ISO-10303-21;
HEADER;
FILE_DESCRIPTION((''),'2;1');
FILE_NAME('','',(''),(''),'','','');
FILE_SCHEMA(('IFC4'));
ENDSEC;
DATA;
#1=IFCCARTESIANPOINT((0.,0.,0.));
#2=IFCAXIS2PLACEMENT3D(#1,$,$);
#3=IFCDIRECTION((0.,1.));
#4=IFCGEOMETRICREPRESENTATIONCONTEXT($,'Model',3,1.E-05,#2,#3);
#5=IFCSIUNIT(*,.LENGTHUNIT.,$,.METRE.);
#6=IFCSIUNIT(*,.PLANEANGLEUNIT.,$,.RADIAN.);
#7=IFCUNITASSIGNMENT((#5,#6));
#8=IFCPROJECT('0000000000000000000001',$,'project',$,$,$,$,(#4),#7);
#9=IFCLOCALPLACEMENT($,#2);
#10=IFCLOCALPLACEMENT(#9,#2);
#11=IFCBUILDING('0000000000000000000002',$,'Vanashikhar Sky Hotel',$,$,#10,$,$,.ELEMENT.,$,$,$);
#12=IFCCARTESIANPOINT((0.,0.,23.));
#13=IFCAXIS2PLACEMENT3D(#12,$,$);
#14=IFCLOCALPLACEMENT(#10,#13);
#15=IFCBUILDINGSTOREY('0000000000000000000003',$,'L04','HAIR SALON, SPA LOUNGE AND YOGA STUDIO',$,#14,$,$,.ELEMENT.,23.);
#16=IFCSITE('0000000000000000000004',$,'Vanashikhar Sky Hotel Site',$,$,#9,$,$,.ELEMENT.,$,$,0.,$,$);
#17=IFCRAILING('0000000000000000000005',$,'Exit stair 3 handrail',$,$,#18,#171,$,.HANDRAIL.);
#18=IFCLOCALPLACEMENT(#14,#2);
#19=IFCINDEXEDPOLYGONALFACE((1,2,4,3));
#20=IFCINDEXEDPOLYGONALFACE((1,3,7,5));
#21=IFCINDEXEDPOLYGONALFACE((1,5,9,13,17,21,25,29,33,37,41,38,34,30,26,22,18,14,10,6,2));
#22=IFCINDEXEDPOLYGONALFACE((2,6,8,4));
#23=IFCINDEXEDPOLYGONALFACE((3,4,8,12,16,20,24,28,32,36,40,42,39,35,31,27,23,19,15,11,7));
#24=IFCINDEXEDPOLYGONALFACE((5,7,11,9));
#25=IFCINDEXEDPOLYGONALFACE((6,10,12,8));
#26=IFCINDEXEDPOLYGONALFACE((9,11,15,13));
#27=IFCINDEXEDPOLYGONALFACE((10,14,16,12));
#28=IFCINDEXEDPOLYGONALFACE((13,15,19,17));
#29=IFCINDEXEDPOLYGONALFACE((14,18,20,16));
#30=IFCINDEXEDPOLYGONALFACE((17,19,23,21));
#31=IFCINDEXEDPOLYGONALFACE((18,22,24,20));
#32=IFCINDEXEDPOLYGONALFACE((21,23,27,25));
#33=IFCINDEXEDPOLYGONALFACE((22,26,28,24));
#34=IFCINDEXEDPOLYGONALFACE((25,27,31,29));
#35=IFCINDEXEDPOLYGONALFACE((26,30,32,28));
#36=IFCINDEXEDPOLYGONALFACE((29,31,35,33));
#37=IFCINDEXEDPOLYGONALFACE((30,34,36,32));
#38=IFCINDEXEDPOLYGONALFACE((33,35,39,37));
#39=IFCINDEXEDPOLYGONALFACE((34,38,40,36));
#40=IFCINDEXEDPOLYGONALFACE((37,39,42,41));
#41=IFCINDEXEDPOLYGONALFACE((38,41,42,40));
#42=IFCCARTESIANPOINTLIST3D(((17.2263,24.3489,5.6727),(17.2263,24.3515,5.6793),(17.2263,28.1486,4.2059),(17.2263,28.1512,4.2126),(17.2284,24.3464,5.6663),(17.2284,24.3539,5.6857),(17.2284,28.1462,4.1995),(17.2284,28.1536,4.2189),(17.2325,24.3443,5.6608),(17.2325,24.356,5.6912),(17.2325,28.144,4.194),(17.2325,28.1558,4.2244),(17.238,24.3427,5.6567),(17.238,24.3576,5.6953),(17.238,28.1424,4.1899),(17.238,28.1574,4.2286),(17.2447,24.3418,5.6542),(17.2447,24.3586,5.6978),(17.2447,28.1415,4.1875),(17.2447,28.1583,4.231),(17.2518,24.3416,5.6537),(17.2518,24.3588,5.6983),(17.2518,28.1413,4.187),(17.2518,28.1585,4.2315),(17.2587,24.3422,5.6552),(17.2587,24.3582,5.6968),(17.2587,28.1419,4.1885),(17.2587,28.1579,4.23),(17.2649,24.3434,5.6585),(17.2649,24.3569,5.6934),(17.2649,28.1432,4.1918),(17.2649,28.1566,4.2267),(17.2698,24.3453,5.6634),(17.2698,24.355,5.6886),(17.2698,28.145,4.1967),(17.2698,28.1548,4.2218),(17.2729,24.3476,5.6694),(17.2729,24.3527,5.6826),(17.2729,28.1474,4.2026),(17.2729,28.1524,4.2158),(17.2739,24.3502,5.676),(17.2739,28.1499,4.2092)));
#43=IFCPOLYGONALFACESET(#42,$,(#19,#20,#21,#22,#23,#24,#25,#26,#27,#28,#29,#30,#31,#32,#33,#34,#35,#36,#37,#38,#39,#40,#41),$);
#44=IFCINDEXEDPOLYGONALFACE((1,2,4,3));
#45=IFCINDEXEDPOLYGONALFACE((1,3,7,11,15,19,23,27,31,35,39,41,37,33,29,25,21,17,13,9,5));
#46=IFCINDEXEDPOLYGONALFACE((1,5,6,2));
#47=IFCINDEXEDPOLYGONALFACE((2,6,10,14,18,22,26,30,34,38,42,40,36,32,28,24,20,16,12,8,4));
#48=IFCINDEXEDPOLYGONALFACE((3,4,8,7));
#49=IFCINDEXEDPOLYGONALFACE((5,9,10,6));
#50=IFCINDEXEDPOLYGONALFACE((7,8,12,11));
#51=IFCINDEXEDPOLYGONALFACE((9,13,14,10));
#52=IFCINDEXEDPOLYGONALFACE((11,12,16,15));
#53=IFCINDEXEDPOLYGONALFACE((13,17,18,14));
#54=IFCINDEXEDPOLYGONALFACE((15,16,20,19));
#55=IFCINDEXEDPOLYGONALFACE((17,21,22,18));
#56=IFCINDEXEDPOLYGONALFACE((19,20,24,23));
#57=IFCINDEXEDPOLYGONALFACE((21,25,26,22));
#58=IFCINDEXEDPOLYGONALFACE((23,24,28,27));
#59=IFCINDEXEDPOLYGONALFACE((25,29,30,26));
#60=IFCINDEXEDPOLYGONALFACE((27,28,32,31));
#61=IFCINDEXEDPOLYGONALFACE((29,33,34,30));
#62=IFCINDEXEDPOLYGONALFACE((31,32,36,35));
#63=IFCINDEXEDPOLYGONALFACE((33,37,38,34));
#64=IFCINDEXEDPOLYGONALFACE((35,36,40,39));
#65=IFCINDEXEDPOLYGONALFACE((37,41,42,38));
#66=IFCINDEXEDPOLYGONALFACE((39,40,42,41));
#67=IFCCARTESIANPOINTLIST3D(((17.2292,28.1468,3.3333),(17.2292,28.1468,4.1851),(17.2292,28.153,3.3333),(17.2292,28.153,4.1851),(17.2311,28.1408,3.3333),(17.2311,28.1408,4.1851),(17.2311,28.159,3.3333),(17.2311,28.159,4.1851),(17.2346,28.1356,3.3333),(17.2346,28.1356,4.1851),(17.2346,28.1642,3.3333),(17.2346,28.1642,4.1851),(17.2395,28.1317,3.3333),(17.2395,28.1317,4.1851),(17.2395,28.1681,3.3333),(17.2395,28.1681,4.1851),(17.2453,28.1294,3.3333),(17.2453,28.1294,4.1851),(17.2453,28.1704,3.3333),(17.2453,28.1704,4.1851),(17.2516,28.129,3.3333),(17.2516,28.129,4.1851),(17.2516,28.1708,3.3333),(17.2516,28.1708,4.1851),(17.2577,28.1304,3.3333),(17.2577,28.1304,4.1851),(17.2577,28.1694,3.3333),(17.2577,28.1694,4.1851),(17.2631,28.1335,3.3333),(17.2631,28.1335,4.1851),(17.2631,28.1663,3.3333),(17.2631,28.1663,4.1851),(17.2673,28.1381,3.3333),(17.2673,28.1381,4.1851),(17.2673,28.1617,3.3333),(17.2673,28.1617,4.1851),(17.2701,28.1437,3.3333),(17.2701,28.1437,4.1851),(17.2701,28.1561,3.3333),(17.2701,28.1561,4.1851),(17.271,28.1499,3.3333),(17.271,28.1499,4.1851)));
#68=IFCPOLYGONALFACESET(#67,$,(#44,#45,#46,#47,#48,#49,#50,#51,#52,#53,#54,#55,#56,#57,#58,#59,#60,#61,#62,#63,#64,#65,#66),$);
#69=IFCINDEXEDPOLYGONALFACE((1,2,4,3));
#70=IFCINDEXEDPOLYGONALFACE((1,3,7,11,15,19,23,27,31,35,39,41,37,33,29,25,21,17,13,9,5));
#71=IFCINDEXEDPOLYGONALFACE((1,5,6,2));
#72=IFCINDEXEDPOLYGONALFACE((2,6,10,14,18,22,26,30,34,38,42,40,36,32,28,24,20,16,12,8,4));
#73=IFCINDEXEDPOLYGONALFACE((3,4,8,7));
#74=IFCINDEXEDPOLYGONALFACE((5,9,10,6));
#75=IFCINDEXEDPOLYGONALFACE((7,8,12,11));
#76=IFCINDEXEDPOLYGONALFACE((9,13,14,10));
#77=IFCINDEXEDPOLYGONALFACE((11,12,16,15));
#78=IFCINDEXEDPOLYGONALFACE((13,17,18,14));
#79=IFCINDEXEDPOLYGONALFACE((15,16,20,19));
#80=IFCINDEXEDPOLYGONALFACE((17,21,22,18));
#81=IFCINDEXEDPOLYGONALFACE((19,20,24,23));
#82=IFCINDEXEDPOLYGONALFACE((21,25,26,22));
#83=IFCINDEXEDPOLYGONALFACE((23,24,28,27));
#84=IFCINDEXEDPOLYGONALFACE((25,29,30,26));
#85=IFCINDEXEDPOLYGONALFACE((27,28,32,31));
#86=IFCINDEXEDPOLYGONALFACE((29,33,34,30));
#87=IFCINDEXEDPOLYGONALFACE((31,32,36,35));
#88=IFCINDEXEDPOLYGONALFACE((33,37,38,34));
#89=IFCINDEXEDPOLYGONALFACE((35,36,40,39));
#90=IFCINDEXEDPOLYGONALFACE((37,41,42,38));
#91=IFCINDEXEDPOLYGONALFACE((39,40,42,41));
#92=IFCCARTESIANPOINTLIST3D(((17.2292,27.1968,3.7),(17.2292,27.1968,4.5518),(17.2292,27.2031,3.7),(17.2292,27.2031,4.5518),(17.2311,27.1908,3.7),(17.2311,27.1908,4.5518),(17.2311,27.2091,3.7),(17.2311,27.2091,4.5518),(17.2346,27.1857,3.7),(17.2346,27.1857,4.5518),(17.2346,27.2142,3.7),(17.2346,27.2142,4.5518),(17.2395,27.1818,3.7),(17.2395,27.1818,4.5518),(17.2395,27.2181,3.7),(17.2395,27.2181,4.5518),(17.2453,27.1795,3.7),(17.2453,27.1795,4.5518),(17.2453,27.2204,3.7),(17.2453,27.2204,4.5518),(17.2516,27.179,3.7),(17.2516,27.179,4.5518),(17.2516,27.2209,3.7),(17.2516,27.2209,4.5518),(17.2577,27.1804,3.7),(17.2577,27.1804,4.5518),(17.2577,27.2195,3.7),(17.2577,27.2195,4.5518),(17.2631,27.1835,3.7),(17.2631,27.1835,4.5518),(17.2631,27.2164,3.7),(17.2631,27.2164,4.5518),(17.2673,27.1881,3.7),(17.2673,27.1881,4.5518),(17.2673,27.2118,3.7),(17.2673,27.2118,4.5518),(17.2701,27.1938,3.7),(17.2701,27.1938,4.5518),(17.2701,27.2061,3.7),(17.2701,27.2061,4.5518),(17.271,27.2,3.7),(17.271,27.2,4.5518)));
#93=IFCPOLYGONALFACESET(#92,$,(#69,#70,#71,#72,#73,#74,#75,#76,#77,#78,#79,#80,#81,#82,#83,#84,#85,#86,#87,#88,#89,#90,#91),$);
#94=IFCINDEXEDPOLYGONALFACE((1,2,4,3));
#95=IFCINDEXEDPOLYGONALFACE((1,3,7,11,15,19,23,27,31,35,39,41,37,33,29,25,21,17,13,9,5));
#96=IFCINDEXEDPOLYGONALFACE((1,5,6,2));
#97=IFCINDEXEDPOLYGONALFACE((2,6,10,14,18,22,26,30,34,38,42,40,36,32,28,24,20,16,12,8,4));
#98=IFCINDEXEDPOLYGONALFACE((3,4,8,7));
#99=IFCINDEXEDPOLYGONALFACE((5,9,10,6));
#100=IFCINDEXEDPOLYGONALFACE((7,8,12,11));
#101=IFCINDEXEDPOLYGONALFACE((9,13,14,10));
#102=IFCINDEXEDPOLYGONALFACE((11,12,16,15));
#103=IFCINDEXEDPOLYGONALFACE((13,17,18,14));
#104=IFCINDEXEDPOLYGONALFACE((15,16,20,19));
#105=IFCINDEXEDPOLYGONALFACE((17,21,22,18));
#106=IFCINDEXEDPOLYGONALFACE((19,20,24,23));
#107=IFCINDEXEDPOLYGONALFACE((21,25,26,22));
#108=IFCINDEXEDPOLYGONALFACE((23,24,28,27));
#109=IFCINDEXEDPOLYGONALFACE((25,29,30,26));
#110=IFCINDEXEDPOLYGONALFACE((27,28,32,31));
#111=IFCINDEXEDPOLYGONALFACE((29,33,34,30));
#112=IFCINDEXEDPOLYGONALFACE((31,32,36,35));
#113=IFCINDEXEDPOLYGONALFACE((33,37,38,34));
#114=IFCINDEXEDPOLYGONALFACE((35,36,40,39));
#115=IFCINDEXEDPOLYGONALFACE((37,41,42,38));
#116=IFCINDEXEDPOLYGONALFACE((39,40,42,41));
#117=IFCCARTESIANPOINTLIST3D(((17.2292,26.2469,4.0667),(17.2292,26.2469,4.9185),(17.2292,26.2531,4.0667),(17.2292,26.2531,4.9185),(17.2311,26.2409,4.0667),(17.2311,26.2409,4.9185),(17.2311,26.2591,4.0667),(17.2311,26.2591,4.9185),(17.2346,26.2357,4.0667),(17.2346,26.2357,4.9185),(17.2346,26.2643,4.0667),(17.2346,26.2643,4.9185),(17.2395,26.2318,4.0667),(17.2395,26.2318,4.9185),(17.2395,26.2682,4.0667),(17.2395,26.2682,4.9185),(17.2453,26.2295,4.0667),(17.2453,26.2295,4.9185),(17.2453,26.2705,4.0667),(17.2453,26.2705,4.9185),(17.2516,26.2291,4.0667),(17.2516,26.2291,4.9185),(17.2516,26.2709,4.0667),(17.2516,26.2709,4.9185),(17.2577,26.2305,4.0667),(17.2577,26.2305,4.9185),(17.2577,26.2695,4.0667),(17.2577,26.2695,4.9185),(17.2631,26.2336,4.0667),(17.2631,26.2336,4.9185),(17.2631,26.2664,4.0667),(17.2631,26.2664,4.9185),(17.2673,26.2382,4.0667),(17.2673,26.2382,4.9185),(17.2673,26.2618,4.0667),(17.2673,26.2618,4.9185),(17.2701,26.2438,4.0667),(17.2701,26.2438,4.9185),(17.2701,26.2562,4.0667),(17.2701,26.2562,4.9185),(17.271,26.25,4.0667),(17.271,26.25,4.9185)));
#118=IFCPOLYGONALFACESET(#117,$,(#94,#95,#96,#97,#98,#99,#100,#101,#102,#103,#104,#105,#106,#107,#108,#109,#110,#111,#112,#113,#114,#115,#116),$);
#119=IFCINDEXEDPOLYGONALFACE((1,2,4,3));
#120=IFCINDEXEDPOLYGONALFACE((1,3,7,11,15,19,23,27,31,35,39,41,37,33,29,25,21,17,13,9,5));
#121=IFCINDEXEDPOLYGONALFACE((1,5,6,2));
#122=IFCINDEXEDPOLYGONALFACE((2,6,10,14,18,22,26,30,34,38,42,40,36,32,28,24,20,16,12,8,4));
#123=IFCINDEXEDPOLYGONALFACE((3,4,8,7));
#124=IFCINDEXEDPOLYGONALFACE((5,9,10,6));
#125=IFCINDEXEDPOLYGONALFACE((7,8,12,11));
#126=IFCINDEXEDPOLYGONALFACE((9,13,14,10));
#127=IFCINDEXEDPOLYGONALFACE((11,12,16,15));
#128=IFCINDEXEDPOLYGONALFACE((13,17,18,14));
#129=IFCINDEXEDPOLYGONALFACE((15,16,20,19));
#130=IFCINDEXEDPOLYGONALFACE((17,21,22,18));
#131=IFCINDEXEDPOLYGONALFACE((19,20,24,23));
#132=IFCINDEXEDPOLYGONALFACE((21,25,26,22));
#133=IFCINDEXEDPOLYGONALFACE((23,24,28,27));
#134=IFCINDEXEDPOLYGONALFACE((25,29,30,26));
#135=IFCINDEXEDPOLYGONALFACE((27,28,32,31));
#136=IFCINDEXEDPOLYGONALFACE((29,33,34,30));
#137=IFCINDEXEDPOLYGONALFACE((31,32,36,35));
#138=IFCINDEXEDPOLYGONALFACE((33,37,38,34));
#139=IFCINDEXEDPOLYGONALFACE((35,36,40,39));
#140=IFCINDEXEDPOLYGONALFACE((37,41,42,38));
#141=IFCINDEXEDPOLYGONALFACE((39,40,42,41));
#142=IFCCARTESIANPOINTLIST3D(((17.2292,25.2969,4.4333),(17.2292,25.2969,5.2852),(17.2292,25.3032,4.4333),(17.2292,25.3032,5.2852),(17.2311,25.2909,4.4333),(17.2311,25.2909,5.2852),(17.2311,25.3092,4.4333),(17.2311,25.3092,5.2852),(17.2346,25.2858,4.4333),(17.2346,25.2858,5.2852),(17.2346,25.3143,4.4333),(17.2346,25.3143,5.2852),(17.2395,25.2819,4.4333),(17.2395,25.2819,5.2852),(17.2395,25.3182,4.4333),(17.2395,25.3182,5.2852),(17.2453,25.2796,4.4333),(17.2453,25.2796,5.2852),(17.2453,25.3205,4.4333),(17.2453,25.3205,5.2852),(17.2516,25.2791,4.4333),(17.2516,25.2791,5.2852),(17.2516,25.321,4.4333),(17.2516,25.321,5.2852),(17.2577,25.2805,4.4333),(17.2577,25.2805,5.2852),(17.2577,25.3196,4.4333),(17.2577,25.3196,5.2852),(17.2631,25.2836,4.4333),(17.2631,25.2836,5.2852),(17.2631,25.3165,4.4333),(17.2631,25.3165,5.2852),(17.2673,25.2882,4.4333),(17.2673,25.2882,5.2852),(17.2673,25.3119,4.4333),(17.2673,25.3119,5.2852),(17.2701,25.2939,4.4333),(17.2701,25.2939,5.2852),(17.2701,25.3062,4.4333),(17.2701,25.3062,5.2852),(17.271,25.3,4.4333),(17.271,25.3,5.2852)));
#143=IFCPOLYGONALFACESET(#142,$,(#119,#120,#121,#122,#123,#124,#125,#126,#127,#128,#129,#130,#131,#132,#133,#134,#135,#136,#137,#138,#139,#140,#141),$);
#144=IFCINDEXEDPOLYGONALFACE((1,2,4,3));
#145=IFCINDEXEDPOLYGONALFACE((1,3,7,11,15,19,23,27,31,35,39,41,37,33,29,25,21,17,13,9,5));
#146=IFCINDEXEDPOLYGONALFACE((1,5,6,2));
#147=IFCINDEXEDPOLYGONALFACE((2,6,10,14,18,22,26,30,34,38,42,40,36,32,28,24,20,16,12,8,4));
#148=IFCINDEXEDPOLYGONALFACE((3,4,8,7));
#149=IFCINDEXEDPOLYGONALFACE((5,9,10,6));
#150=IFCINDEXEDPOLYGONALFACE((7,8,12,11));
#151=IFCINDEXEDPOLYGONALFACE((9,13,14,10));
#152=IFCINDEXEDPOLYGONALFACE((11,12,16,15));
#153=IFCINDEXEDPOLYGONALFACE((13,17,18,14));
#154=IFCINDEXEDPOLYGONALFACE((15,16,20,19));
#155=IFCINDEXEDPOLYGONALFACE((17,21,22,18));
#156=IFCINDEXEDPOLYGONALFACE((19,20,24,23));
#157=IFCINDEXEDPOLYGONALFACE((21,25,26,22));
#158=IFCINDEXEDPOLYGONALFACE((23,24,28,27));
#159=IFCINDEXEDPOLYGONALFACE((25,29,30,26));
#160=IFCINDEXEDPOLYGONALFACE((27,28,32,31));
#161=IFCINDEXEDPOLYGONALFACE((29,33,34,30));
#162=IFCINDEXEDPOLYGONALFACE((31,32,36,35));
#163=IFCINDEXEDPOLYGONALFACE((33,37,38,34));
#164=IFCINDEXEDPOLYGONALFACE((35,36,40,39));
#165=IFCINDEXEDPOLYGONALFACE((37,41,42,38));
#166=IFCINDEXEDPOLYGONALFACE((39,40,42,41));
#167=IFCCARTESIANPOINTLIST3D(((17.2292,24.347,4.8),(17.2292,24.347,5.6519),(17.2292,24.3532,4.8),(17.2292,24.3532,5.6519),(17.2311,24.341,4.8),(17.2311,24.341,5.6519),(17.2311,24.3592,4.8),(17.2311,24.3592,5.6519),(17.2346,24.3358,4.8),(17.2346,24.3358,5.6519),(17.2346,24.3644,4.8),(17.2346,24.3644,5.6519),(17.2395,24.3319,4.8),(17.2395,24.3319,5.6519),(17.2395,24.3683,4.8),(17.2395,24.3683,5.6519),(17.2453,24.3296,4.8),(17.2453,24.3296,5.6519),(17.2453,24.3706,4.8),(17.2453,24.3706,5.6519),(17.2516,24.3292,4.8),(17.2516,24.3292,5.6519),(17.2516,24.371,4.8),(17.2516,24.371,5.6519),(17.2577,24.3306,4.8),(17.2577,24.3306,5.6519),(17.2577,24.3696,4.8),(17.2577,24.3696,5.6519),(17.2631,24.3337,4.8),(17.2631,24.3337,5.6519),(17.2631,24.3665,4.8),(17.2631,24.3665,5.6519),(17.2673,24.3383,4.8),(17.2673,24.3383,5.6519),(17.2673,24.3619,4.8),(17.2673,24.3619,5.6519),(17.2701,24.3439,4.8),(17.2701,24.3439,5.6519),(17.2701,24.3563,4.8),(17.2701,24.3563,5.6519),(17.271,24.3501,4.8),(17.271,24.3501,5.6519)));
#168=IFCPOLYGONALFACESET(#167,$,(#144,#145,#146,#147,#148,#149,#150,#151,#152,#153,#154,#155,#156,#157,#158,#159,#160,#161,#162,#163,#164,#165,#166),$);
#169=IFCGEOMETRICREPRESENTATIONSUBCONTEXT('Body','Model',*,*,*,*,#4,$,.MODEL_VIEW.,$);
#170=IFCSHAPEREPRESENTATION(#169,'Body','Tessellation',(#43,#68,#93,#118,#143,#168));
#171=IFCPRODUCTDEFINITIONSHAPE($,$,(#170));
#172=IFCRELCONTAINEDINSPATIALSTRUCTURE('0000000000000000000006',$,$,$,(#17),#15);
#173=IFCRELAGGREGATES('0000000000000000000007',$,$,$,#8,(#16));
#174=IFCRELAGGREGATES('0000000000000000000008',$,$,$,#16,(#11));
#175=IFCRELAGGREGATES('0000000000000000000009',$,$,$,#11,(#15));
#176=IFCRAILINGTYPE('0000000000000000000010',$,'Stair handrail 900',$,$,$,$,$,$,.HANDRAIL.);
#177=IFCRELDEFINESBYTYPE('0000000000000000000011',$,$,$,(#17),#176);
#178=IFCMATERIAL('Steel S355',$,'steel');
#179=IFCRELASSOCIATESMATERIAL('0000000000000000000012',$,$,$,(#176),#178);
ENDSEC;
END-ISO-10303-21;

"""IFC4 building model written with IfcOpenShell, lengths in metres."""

from ifc_helpers import new_model, si_unit, direction, frame, origin, origin_2d, place, context, subcontext, project, spatial, circle, extrude, source, transform, mapped, material, type_object, element, save


model = new_model("IFC4")

# Units and contexts
model_context = context("Model", 3, precision=1e-05, world=origin(), true_north=direction((0.0, 1.0)))
body_context = subcontext(model_context, "Body", "Model", "MODEL_VIEW")
ifc_project = project(units=[si_unit("LENGTHUNIT", "METRE"), si_unit("PLANEANGLEUNIT", "RADIAN")], contexts=[model_context])

# Site, building, storey
site_placement = place(None, origin())
site = spatial("IfcSite", under=ifc_project, at=site_placement, Name="Vanashikhar Sky Hotel Site", CompositionType="ELEMENT", RefElevation=0.0)
building_placement = place(site_placement, origin())
building = spatial("IfcBuilding", under=site, at=building_placement, Name="Vanashikhar Sky Hotel", CompositionType="ELEMENT")
storey_placement = place(building_placement, frame((0.0, 0.0, 23.0)))
storey = spatial("IfcBuildingStorey", under=building, at=storey_placement, Name="L04", Description="HAIR SALON, SPA LOUNGE AND YOGA STUDIO", CompositionType="ELEMENT", Elevation=23.0)

# Railing
ifc_material_1 = material(Name="Steel S355", Category="steel")
railing_type_1 = type_object("IfcRailingType", Name="Stair handrail 900", PredefinedType="HANDRAIL", material=ifc_material_1)
shared_shape_1 = source(origin(), body_context, "Body", "SweptSolid", [
    extrude(circle(Radius=0.0239, at=origin_2d()), frame((0.0, 0.0, 0.876), z_axis=(0.0, -0.932906, 0.36012), x_axis=(1.0, 0.0, 0.0)), (0.0, 0.0, 1.0), 4.073),
    extrude(circle(Radius=0.021, at=origin_2d()), origin(), (0.0, 0.0, 1.0), 0.8518),
    extrude(circle(Radius=0.021, at=origin_2d()), frame((0.0, -0.95, 0.3667)), (0.0, 0.0, 1.0), 0.8518),
    extrude(circle(Radius=0.021, at=origin_2d()), frame((0.0, -1.8999, 0.7334)), (0.0, 0.0, 1.0), 0.8518),
    extrude(circle(Radius=0.021, at=origin_2d()), frame((0.0, -2.8499, 1.1001)), (0.0, 0.0, 1.0), 0.8518),
    extrude(circle(Radius=0.021, at=origin_2d()), frame((0.0, -3.7998, 1.4668)), (0.0, 0.0, 1.0), 0.8518),
])
for number, where, name in (
    (1, (17.25, 28.1499, 3.3333), "Exit stair 3 handrail"),
):
    element("IfcRailing", number, at=place(storey_placement, frame(where)), inside=storey, type_object=railing_type_1, Name=name, PredefinedType="HANDRAIL", context=body_context, shape_type="MappedRepresentation", body=[
        mapped(shared_shape_1, transform((0.0, 0.0, 0.0), scale=1.0)),
    ])

save(model, "model.ifc")
